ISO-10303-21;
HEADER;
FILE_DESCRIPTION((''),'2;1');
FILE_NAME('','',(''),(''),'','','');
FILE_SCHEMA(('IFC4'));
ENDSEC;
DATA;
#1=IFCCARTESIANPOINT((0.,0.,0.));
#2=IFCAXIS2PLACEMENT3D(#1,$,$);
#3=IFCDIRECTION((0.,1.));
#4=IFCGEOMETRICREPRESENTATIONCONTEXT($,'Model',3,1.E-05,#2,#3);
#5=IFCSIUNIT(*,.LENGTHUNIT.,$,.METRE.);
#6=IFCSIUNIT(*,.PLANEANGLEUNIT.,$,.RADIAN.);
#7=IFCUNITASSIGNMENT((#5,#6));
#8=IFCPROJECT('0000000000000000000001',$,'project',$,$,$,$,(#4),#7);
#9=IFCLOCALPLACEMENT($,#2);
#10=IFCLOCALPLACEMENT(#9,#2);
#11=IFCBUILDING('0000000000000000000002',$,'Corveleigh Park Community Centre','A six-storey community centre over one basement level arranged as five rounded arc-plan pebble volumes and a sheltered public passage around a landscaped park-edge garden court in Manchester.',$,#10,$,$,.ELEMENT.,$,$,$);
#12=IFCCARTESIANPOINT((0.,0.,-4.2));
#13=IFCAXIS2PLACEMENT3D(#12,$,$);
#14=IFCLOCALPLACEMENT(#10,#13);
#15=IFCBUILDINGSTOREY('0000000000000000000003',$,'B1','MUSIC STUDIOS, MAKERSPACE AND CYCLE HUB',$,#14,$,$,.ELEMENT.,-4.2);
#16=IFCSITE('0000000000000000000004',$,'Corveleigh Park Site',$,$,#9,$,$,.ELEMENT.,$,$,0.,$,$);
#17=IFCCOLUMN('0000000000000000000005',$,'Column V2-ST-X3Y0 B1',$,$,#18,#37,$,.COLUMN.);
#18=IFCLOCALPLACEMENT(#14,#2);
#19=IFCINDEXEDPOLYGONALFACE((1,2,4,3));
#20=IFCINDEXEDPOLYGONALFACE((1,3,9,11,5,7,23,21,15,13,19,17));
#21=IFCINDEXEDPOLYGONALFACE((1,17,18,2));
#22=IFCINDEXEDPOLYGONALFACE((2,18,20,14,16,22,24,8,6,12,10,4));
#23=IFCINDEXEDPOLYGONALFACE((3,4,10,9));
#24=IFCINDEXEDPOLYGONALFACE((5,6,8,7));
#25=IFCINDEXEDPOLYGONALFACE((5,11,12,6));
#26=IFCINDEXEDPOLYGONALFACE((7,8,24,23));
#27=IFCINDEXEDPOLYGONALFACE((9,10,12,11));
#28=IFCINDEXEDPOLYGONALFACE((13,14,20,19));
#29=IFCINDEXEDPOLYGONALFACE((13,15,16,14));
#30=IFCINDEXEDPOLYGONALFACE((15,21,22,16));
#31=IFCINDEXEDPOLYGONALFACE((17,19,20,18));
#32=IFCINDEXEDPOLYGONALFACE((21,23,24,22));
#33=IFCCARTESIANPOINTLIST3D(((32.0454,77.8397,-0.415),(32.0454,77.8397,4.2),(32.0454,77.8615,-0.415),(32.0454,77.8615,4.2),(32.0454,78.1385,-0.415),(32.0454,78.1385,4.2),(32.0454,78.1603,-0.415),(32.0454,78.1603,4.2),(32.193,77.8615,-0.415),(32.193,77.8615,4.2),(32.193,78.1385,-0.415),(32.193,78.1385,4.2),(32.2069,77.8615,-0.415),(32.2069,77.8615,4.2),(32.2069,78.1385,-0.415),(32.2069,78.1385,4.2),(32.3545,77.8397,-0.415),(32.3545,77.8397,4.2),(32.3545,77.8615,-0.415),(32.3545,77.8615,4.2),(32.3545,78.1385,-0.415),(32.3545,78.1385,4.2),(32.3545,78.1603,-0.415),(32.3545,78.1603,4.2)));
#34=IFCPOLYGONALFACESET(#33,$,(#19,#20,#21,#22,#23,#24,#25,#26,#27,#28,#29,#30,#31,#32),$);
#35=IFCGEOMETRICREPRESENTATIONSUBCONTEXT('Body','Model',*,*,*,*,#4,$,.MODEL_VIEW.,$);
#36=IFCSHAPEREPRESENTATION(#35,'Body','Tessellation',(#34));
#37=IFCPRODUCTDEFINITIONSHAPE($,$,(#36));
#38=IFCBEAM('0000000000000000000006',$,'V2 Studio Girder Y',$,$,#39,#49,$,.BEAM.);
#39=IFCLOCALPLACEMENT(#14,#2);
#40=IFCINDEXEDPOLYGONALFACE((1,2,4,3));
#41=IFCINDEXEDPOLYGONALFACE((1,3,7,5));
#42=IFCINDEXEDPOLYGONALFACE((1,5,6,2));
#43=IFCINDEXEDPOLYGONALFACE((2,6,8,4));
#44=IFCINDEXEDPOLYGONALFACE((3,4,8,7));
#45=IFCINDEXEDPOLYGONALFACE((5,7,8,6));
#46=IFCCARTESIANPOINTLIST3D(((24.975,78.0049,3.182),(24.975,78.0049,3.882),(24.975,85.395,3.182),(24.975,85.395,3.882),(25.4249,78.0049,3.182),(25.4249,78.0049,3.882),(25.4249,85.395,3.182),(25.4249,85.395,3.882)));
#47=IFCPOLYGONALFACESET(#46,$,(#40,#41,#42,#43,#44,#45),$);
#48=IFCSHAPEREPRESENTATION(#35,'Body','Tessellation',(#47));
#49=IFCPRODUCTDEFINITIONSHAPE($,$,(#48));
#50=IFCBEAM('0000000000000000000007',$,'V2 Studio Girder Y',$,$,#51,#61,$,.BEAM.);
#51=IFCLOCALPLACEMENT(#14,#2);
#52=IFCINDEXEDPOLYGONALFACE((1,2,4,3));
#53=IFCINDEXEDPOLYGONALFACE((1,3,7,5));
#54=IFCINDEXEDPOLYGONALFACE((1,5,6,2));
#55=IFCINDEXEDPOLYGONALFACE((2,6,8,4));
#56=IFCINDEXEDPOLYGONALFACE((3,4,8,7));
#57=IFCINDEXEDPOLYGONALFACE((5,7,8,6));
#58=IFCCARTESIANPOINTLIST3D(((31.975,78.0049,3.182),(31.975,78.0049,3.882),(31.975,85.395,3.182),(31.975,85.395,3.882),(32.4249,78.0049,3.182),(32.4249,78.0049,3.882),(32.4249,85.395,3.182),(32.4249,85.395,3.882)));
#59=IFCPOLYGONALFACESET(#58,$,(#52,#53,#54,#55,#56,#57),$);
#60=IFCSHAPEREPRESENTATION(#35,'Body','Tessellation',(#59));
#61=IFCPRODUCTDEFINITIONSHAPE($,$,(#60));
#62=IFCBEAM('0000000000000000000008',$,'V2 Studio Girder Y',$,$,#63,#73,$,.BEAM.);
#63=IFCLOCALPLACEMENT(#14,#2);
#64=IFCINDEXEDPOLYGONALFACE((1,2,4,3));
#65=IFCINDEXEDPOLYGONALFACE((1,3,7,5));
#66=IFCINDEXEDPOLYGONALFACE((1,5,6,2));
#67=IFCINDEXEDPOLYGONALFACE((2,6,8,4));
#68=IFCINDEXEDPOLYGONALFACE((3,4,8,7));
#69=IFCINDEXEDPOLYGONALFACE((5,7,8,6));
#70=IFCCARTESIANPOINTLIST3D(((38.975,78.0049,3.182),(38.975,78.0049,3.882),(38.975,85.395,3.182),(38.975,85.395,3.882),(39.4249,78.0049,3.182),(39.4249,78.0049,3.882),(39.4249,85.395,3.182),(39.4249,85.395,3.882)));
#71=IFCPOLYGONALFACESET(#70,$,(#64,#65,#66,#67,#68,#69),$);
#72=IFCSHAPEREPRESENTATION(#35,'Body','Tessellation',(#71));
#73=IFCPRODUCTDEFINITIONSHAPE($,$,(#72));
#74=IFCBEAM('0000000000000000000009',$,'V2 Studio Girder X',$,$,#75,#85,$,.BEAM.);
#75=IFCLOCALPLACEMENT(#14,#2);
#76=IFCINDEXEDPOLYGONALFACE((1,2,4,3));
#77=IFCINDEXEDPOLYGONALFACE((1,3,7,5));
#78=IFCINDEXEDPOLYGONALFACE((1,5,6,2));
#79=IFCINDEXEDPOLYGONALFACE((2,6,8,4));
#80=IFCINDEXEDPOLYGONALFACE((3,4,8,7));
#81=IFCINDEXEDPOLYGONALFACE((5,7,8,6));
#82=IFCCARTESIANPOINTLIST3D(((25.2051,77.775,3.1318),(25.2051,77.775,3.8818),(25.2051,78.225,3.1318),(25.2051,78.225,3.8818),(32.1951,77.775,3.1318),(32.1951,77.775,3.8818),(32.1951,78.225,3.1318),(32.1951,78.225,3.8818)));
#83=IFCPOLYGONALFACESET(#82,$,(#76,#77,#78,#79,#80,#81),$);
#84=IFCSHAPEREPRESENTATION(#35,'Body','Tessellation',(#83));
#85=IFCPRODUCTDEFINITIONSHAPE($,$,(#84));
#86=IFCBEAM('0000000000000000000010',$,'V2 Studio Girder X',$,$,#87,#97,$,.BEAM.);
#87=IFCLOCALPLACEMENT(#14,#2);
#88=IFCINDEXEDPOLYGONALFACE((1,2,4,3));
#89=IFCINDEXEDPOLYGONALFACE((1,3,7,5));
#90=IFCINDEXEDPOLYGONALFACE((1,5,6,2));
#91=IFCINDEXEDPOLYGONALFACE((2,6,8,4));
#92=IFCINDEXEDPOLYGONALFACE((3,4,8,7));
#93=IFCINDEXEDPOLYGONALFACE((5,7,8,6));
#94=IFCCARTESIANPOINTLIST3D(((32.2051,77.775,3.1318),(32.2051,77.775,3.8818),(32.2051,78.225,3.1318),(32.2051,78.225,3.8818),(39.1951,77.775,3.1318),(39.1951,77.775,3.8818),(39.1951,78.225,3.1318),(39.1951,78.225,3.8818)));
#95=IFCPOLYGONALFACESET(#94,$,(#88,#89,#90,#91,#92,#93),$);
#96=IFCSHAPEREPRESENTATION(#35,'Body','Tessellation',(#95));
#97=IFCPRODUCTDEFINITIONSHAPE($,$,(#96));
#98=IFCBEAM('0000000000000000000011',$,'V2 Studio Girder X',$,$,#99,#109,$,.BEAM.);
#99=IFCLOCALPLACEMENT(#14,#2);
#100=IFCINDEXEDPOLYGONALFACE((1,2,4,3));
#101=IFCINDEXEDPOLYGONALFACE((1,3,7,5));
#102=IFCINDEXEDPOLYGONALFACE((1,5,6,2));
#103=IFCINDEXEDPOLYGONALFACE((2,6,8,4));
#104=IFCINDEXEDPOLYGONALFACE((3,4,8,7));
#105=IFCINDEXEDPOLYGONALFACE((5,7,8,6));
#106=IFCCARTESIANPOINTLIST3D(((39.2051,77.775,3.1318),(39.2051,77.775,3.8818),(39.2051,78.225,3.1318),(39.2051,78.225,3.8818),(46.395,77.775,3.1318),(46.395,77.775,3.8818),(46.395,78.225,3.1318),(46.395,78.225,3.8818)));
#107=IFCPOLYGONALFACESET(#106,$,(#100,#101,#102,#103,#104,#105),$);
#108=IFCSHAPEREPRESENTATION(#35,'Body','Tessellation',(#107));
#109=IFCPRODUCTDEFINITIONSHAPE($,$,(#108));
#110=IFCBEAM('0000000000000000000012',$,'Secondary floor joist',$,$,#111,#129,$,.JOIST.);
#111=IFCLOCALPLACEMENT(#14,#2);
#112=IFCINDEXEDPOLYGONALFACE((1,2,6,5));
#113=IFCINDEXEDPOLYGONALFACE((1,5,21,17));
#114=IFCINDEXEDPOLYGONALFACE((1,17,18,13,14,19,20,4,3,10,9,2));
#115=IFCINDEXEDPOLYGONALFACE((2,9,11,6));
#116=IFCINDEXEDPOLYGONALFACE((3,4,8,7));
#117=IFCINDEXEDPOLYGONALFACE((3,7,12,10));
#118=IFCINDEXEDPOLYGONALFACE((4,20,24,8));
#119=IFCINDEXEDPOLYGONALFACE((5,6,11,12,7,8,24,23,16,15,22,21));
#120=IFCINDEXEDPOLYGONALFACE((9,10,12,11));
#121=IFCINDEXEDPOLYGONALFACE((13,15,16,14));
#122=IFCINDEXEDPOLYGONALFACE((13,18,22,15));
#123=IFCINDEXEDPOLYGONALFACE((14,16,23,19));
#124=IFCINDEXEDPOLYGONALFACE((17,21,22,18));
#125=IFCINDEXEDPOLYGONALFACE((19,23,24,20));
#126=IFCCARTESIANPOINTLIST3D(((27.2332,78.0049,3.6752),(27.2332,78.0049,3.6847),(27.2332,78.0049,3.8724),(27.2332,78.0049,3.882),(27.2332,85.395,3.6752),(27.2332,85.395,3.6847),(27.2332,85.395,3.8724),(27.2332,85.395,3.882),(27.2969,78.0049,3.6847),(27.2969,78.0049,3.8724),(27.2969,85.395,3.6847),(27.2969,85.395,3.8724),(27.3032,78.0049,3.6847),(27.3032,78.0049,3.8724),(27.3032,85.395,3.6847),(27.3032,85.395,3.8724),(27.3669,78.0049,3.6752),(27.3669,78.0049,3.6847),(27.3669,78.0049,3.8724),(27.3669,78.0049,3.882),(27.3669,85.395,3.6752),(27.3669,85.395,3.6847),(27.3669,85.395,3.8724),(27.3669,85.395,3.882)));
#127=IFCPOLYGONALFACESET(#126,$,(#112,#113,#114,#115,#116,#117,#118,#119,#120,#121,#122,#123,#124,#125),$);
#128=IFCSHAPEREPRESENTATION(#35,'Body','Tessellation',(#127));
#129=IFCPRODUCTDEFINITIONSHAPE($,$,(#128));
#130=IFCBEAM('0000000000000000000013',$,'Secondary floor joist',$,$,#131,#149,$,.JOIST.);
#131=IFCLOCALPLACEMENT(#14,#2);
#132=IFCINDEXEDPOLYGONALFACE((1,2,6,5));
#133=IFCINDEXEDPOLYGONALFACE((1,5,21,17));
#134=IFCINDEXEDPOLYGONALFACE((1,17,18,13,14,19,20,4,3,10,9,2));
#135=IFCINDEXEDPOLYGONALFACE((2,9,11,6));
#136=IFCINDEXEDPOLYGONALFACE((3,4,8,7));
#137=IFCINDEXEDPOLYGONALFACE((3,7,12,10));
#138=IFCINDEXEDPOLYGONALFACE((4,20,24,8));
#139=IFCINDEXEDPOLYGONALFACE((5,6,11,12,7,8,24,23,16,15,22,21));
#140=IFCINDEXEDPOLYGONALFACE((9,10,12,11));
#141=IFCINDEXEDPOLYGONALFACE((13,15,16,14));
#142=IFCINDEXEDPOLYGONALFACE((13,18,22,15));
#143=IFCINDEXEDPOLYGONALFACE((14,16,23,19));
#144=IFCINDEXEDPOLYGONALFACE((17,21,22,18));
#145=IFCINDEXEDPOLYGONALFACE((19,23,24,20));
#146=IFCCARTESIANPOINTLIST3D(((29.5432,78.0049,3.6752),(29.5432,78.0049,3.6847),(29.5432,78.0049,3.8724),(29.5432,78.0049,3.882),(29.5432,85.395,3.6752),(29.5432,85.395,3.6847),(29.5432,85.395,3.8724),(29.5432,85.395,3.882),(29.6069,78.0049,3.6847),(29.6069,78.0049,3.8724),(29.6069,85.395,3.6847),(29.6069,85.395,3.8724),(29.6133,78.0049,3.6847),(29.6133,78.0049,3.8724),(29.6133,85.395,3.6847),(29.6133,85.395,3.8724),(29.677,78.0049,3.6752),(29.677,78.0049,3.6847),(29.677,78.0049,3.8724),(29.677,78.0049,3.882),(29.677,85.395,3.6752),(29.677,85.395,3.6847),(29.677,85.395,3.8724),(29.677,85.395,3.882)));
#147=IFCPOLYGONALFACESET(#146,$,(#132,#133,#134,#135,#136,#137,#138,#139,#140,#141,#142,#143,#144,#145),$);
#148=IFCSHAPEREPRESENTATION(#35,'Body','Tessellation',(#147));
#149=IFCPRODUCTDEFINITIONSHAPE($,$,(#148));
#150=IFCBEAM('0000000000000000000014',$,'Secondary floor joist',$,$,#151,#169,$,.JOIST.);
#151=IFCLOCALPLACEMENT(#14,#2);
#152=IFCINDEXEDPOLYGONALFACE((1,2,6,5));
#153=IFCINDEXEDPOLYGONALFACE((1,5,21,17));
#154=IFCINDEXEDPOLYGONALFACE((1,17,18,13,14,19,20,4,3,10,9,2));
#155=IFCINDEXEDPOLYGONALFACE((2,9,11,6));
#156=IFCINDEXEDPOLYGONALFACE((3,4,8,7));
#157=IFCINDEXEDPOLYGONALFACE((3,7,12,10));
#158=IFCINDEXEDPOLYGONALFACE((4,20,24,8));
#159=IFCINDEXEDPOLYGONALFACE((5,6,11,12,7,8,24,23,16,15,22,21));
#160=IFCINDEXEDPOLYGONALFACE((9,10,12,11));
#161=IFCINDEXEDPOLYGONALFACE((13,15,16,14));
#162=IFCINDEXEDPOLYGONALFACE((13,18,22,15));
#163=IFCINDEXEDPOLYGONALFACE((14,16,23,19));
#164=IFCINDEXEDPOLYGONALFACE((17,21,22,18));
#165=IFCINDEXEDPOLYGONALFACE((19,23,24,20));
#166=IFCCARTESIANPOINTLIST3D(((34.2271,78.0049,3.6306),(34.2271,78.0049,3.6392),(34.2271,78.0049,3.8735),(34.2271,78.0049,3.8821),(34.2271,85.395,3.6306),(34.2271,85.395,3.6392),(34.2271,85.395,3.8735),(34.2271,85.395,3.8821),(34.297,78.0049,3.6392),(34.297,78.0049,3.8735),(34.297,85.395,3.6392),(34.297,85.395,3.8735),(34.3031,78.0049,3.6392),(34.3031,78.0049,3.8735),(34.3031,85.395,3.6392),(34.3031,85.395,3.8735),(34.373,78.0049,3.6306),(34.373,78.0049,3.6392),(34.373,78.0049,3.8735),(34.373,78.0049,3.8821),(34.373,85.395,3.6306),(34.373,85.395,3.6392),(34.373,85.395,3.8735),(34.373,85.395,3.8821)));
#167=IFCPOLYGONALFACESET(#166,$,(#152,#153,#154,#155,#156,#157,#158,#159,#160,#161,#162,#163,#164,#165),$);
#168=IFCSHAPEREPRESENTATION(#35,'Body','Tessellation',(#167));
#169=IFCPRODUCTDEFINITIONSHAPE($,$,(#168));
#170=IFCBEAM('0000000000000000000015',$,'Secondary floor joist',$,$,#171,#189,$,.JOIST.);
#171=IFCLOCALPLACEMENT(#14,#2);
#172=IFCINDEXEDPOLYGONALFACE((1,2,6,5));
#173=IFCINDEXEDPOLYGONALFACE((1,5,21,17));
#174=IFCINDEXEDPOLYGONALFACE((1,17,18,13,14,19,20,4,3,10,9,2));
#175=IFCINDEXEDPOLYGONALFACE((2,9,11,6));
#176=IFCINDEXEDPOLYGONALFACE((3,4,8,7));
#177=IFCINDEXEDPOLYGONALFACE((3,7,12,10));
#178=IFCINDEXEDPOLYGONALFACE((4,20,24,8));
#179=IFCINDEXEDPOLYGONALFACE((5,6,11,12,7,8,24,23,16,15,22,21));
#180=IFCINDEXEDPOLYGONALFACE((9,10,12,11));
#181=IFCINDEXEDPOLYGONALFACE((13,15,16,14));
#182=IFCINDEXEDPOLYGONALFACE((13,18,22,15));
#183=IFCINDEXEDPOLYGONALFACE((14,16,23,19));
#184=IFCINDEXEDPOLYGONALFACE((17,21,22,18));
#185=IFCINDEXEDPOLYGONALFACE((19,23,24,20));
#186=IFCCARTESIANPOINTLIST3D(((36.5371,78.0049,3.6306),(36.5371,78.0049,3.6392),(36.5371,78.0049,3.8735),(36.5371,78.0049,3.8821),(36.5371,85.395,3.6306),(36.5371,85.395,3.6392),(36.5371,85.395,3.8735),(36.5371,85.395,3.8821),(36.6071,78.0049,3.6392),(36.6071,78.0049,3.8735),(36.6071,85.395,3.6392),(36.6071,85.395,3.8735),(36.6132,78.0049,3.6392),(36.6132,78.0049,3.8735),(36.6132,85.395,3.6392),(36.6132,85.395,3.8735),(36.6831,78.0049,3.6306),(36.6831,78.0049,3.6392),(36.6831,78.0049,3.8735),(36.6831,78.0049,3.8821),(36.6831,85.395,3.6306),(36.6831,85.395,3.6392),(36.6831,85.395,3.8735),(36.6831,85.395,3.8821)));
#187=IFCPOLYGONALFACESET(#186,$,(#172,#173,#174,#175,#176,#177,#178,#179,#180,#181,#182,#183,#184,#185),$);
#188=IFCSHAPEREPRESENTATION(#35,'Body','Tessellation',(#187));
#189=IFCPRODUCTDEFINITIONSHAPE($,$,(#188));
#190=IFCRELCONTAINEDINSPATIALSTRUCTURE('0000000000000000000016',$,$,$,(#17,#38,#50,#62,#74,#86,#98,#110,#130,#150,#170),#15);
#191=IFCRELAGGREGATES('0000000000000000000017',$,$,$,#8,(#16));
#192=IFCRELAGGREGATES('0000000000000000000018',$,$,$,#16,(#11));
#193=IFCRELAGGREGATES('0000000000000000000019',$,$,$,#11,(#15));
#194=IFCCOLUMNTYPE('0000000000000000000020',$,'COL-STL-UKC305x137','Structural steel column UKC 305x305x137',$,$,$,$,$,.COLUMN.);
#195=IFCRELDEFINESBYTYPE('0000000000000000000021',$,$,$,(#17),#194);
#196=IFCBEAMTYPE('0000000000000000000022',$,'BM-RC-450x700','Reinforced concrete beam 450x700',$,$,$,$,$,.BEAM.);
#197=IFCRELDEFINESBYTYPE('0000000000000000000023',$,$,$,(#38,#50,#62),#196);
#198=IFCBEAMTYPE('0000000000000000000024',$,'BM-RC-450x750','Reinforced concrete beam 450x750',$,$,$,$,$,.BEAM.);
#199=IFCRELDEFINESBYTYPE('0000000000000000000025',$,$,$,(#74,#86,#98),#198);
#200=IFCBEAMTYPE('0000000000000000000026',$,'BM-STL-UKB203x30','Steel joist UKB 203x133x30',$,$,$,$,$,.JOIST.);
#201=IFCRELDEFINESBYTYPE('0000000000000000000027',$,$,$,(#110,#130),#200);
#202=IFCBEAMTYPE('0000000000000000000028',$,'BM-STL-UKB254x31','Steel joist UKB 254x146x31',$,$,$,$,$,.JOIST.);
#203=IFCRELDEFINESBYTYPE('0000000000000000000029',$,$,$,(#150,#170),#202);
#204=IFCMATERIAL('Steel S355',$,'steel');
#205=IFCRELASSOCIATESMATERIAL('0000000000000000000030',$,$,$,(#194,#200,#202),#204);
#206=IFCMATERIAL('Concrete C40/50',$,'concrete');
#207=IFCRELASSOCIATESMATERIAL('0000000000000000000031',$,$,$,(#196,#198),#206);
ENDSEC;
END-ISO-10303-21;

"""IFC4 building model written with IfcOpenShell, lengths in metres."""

from ifc_helpers import new_model, si_unit, direction, frame, origin, origin_2d, place, context, subcontext, project, spatial, rectangle, i_section, extrude, material, material_profile, profile_set, type_object, element, save


model = new_model("IFC4")

# Units and contexts
model_context = context("Model", 3, precision=1e-05, world=origin(), true_north=direction((0.0, 1.0)))
body_context = subcontext(model_context, "Body", "Model", "MODEL_VIEW")
ifc_project = project(units=[si_unit("LENGTHUNIT", "METRE"), si_unit("PLANEANGLEUNIT", "RADIAN")], contexts=[model_context])

# Site, building, storey
site_placement = place(None, origin())
site = spatial("IfcSite", under=ifc_project, at=site_placement, Name="Corveleigh Park Site", CompositionType="ELEMENT", RefElevation=0.0)
building_placement = place(site_placement, origin())
building = spatial("IfcBuilding", under=site, at=building_placement, Name="Corveleigh Park Community Centre", Description="A six-storey community centre over one basement level arranged as five rounded arc-plan pebble volumes and a sheltered public passage around a landscaped park-edge garden court in Manchester.", CompositionType="ELEMENT")
storey_placement = place(building_placement, frame((0.0, 0.0, -4.2)))
storey = spatial("IfcBuildingStorey", under=building, at=storey_placement, Name="B1", Description="MUSIC STUDIOS, MAKERSPACE AND CYCLE HUB", CompositionType="ELEMENT", Elevation=-4.2)

# Shared definitions
ifc_material_1 = material(Name="Concrete C40/50", Category="concrete")

# Column
ifc_material_2 = material(Name="Steel S355", Category="steel")
ifc_material_profile_1 = material_profile(ifc_material_2, i_section(OverallWidth=0.3091, OverallDepth=0.3206, WebThickness=0.0139, FlangeThickness=0.0217, at=origin_2d()), Name="UKC 305x305x137", Category="steel")
ifc_profile_set_1 = profile_set([ifc_material_profile_1], Name="Steel S355")
column_type_1 = type_object("IfcColumnType", Name="COL-STL-UKC305x137", Description="Structural steel column UKC 305x305x137", PredefinedType="COLUMN", material=ifc_profile_set_1)
column_1_placement = place(storey_placement, frame((32.2, 78.0, -0.415), z_axis=(0.0, 0.0, 1.0), x_axis=(1.0, 0.0, 0.0)))
element("IfcColumn", 1, at=column_1_placement, inside=storey, type_object=column_type_1, Name="Column V2-ST-X3Y0 B1", PredefinedType="COLUMN", context=body_context, shape_type="SweptSolid", body=[
    extrude(i_section(OverallWidth=0.3091, OverallDepth=0.3206, WebThickness=0.0139, FlangeThickness=0.0217, at=origin_2d()), origin(), (0.0, 0.0, 1.0), 4.615),
])

# Beams
ifc_material_profile_2 = material_profile(ifc_material_1, rectangle(XDim=0.45, YDim=0.7, at=origin_2d()), Name="RC-450x700", Category="concrete")
ifc_profile_set_2 = profile_set([ifc_material_profile_2], Name="Concrete C40/50")
beam_type_1 = type_object("IfcBeamType", Name="BM-RC-450x700", Description="Reinforced concrete beam 450x700", PredefinedType="BEAM", material=ifc_profile_set_2)
for number, where, z_axis, x_axis, name in (
    (2, (25.2, 78.0049, 3.532), (0.0, 1.0, 0.0), (-1.0, 0.0, 0.0), "V2 Studio Girder Y"),
    (3, (32.2, 78.0049, 3.532), (0.0, 1.0, 0.0), (-1.0, 0.0, 0.0), "V2 Studio Girder Y"),
    (4, (39.2, 78.0049, 3.532), (0.0, 1.0, 0.0), (-1.0, 0.0, 0.0), "V2 Studio Girder Y"),
):
    element("IfcBeam", number, at=place(storey_placement, frame(where, z_axis=z_axis, x_axis=x_axis)), inside=storey, type_object=beam_type_1, Name=name, PredefinedType="BEAM", context=body_context, shape_type="SweptSolid", body=[
        extrude(rectangle(XDim=0.45, YDim=0.7, at=origin_2d()), origin(), (0.0, 0.0, 1.0), 7.3901),
    ])
ifc_material_profile_3 = material_profile(ifc_material_1, rectangle(XDim=0.45, YDim=0.75, at=origin_2d()), Name="RC-450x750", Category="concrete")
ifc_profile_set_3 = profile_set([ifc_material_profile_3], Name="Concrete C40/50")
beam_type_2 = type_object("IfcBeamType", Name="BM-RC-450x750", Description="Reinforced concrete beam 450x750", PredefinedType="BEAM", material=ifc_profile_set_3)
for number, where, z_axis, x_axis, name in (
    (5, (25.2051, 78.0, 3.5068), (1.0, 0.0, 0.0), (0.0, 1.0, 0.0), "V2 Studio Girder X"),
    (6, (32.2051, 78.0, 3.5068), (1.0, 0.0, 0.0), (0.0, 1.0, 0.0), "V2 Studio Girder X"),
):
    element("IfcBeam", number, at=place(storey_placement, frame(where, z_axis=z_axis, x_axis=x_axis)), inside=storey, type_object=beam_type_2, Name=name, PredefinedType="BEAM", context=body_context, shape_type="SweptSolid", body=[
        extrude(rectangle(XDim=0.45, YDim=0.75, at=origin_2d()), origin(), (0.0, 0.0, 1.0), 6.99),
    ])
beam_placement = place(storey_placement, frame((39.2051, 78.0, 3.5068), z_axis=(1.0, 0.0, 0.0), x_axis=(0.0, 1.0, 0.0)))
element("IfcBeam", 7, at=beam_placement, inside=storey, type_object=beam_type_2, Name="V2 Studio Girder X", PredefinedType="BEAM", context=body_context, shape_type="SweptSolid", body=[
    extrude(rectangle(XDim=0.45, YDim=0.75, at=origin_2d()), origin(), (0.0, 0.0, 1.0), 7.1899),
])
ifc_material_profile_4 = material_profile(ifc_material_2, i_section(OverallWidth=0.1338, OverallDepth=0.2068, WebThickness=0.0063, FlangeThickness=0.0095, at=origin_2d()), Name="UKB 203x133x30", Category="steel")
ifc_profile_set_4 = profile_set([ifc_material_profile_4], Name="Steel S355")
beam_type_3 = type_object("IfcBeamType", Name="BM-STL-UKB203x30", Description="Steel joist UKB 203x133x30", PredefinedType="JOIST", material=ifc_profile_set_4)
for number, where, z_axis, x_axis, name in (
    (8, (27.3, 78.0049, 3.7786), (0.0, 1.0, 0.0), (-1.0, 0.0, 0.0), "Secondary floor joist"),
    (9, (29.6101, 78.0049, 3.7786), (0.0, 1.0, 0.0), (-1.0, 0.0, 0.0), "Secondary floor joist"),
):
    element("IfcBeam", number, at=place(storey_placement, frame(where, z_axis=z_axis, x_axis=x_axis)), inside=storey, type_object=beam_type_3, Name=name, PredefinedType="JOIST", context=body_context, shape_type="SweptSolid", body=[
        extrude(i_section(OverallWidth=0.1338, OverallDepth=0.2068, WebThickness=0.0063, FlangeThickness=0.0095, at=origin_2d()), origin(), (0.0, 0.0, 1.0), 7.3901),
    ])
ifc_material_profile_5 = material_profile(ifc_material_2, i_section(OverallWidth=0.146, OverallDepth=0.2515, WebThickness=0.0061, FlangeThickness=0.0085, at=origin_2d()), Name="UKB 254x146x31", Category="steel")
ifc_profile_set_5 = profile_set([ifc_material_profile_5], Name="Steel S355")
beam_type_4 = type_object("IfcBeamType", Name="BM-STL-UKB254x31", Description="Steel joist UKB 254x146x31", PredefinedType="JOIST", material=ifc_profile_set_5)
for number, where, z_axis, x_axis, name in (
    (10, (34.3, 78.0049, 3.7563), (0.0, 1.0, 0.0), (-1.0, 0.0, 0.0), "Secondary floor joist"),
    (11, (36.6101, 78.0049, 3.7563), (0.0, 1.0, 0.0), (-1.0, 0.0, 0.0), "Secondary floor joist"),
):
    element("IfcBeam", number, at=place(storey_placement, frame(where, z_axis=z_axis, x_axis=x_axis)), inside=storey, type_object=beam_type_4, Name=name, PredefinedType="JOIST", context=body_context, shape_type="SweptSolid", body=[
        extrude(i_section(OverallWidth=0.146, OverallDepth=0.2515, WebThickness=0.0061, FlangeThickness=0.0085, at=origin_2d()), origin(), (0.0, 0.0, 1.0), 7.3901),
    ])

save(model, "model.ifc")
